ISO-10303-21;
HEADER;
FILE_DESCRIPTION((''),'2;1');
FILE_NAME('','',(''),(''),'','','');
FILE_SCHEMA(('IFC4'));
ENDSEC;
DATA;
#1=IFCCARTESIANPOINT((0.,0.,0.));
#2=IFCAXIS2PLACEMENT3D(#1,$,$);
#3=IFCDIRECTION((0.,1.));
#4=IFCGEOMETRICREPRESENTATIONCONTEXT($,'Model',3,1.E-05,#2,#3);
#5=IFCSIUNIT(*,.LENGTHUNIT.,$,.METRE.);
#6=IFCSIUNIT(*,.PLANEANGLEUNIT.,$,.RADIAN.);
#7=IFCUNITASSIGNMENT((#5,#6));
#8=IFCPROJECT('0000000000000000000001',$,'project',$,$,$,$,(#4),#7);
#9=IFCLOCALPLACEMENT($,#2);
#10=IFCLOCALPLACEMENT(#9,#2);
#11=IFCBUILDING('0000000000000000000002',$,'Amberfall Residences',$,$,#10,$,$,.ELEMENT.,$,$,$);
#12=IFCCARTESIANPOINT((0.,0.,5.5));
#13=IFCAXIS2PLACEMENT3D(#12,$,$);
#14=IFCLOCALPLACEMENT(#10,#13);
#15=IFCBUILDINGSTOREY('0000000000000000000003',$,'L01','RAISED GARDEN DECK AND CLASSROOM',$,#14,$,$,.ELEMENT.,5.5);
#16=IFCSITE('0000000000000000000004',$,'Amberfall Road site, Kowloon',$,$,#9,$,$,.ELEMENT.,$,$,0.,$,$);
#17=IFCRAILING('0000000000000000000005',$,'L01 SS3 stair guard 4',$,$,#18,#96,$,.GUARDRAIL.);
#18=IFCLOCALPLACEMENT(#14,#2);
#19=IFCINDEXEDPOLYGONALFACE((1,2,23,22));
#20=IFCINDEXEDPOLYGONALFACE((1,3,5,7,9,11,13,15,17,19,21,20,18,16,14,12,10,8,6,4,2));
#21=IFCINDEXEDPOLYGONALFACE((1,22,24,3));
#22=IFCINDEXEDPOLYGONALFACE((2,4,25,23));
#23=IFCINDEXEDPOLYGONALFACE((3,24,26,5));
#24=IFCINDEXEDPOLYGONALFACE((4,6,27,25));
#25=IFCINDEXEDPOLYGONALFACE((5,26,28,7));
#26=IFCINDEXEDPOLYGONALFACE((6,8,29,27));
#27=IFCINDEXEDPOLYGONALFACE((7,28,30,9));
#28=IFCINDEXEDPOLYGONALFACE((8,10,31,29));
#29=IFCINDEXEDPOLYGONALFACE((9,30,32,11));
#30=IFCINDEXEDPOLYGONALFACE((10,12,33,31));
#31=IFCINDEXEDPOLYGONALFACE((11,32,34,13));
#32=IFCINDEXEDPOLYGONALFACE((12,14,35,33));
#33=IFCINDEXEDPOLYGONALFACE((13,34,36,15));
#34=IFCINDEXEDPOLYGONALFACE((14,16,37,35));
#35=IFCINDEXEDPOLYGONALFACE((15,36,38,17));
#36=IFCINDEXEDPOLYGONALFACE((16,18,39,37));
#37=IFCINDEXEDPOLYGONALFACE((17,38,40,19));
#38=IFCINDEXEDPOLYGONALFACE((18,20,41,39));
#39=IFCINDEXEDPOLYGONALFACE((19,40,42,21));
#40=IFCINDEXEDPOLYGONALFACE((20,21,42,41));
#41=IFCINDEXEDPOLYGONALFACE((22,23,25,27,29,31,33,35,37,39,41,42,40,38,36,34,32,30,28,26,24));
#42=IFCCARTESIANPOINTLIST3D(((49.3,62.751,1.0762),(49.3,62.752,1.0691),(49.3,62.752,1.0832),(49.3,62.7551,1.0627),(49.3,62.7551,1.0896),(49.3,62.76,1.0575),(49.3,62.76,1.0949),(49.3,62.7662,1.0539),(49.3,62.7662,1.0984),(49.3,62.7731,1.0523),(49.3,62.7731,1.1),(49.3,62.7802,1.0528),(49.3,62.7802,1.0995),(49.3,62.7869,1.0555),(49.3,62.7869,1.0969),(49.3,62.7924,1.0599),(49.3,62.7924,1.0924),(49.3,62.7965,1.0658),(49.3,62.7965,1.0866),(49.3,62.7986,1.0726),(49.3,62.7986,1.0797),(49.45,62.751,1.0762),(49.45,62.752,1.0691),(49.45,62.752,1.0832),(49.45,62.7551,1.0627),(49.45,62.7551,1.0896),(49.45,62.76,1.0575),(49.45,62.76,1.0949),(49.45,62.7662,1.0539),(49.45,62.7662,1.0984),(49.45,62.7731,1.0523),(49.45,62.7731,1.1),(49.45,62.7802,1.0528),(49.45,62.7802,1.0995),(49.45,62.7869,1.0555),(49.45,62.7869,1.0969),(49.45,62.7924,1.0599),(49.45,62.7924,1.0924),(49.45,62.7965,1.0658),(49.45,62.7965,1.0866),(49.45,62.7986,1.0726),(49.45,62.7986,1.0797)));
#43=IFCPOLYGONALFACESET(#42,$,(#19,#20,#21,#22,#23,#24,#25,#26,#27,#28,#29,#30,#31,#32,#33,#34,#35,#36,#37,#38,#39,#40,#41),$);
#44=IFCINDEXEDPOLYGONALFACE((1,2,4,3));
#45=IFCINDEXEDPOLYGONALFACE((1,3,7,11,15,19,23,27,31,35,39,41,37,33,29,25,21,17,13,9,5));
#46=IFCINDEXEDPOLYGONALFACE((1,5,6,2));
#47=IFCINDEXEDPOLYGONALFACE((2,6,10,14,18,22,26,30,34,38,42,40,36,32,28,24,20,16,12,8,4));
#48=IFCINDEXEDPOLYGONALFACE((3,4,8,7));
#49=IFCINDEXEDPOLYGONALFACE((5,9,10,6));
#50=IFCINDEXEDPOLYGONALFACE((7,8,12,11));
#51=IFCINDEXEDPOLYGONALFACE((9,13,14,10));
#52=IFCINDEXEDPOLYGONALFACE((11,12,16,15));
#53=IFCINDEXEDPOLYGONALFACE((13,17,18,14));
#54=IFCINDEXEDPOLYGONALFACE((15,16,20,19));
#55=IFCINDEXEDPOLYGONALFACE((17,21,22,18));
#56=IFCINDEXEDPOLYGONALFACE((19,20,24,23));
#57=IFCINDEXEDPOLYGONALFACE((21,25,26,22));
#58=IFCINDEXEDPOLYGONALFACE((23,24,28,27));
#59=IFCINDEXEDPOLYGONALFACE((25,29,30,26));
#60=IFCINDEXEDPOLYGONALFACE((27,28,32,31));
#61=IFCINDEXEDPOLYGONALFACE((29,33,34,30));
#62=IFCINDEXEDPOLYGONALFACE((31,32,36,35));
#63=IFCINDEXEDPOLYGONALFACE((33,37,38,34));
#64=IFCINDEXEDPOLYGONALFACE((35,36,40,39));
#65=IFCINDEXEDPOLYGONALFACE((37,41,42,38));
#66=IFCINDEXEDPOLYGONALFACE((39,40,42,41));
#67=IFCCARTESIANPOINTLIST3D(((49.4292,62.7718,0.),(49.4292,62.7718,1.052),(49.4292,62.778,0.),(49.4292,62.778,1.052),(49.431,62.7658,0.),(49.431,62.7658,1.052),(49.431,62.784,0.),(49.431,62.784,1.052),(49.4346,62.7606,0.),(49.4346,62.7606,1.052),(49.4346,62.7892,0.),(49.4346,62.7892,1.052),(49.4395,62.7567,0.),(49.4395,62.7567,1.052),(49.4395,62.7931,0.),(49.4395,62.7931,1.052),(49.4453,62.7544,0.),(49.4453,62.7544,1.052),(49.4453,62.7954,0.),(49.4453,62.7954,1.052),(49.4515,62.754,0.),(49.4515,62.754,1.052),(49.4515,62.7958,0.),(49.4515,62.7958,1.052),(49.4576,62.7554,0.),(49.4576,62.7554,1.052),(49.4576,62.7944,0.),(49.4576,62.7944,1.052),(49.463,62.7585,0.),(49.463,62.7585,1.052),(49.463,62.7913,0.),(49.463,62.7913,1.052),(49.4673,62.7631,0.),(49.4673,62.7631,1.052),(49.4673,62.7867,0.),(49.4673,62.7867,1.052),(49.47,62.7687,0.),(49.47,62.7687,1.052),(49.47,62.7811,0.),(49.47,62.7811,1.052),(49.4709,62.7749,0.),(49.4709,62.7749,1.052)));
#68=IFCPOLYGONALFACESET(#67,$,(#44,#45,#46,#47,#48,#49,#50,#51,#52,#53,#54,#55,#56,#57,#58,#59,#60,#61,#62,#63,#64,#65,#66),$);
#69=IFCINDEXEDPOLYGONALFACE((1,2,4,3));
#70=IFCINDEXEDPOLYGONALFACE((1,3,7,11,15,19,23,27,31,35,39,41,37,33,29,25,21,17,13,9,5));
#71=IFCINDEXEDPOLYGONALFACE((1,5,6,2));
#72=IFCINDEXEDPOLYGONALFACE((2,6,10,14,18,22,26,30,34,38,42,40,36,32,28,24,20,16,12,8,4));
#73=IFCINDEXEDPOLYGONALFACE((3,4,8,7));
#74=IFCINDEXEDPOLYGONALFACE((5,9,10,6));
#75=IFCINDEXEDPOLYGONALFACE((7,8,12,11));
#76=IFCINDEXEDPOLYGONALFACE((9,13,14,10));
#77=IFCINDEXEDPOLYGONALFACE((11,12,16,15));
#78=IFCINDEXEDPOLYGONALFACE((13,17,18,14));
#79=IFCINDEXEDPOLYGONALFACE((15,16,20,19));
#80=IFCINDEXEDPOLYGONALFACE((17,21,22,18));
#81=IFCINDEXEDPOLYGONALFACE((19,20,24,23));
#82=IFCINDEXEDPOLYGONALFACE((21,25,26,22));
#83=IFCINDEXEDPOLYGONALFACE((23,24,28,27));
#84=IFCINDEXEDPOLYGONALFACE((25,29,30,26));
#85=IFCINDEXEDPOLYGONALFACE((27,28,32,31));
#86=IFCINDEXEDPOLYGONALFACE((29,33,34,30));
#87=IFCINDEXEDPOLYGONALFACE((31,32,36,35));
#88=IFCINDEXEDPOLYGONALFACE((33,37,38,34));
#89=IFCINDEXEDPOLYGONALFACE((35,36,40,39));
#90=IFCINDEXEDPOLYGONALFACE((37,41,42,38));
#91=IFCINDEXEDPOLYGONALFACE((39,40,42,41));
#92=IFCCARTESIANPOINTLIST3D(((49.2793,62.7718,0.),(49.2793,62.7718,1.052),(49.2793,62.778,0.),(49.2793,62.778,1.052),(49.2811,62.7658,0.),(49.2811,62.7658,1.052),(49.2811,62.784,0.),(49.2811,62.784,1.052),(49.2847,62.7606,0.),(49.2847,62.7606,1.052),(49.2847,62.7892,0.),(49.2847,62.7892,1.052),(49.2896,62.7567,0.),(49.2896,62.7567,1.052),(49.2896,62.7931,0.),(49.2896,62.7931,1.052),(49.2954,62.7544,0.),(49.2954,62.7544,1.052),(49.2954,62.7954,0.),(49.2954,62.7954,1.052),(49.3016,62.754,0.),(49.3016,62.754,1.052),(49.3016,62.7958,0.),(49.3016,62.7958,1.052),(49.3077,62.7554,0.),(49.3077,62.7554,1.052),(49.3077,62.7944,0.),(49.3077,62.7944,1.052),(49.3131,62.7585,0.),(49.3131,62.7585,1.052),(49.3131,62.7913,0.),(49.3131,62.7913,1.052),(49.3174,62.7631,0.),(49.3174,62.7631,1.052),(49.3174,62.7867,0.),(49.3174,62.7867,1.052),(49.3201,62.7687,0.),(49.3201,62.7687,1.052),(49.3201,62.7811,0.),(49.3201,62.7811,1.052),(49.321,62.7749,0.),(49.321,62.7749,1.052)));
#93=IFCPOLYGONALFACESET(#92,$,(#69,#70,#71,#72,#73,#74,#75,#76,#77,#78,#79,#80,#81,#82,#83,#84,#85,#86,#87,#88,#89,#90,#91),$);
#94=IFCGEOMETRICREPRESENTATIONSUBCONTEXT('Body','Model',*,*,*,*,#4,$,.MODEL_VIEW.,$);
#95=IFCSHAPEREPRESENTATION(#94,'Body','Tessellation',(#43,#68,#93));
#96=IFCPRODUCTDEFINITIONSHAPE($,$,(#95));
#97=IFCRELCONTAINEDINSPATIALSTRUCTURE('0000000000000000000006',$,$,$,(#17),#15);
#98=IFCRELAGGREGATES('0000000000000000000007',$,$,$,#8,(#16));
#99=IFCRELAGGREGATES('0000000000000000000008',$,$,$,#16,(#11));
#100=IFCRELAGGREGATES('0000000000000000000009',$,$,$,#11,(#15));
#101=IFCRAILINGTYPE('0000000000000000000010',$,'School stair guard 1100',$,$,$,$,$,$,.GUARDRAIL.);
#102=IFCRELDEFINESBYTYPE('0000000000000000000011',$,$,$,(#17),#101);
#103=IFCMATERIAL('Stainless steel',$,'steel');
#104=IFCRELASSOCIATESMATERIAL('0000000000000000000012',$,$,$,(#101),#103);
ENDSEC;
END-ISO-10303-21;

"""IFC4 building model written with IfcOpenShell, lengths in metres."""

from ifc_helpers import new_model, si_unit, direction, frame, origin, origin_2d, place, context, subcontext, project, spatial, circle, extrude, material, type_object, element, save


model = new_model("IFC4")

# Units and contexts
model_context = context("Model", 3, precision=1e-05, world=origin(), true_north=direction((0.0, 1.0)))
body_context = subcontext(model_context, "Body", "Model", "MODEL_VIEW")
ifc_project = project(units=[si_unit("LENGTHUNIT", "METRE"), si_unit("PLANEANGLEUNIT", "RADIAN")], contexts=[model_context])

# Site, building, storey
site_placement = place(None, origin())
site = spatial("IfcSite", under=ifc_project, at=site_placement, Name="Amberfall Road site, Kowloon", CompositionType="ELEMENT", RefElevation=0.0)
building_placement = place(site_placement, origin())
building = spatial("IfcBuilding", under=site, at=building_placement, Name="Amberfall Residences", CompositionType="ELEMENT")
storey_placement = place(building_placement, frame((0.0, 0.0, 5.5)))
storey = spatial("IfcBuildingStorey", under=building, at=storey_placement, Name="L01", Description="RAISED GARDEN DECK AND CLASSROOM", CompositionType="ELEMENT", Elevation=5.5)

# Railing
ifc_material_1 = material(Name="Stainless steel", Category="steel")
railing_type_1 = type_object("IfcRailingType", Name="School stair guard 1100", PredefinedType="GUARDRAIL", material=ifc_material_1)
railing_1_placement = place(storey_placement, frame((49.45, 62.7749, 0.0)))
element("IfcRailing", 1, at=railing_1_placement, inside=storey, type_object=railing_type_1, Name="L01 SS3 stair guard 4", PredefinedType="GUARDRAIL", context=body_context, shape_type="SweptSolid", body=[
    extrude(circle(Radius=0.0239, at=origin_2d()), frame((0.0, 0.0, 1.0762), z_axis=(-1.0, 0.0, 0.0), x_axis=(0.0, -1.0, 0.0)), (0.0, 0.0, 1.0), 0.1499),
    extrude(circle(Radius=0.021, at=origin_2d()), origin(), (0.0, 0.0, 1.0), 1.052),
    extrude(circle(Radius=0.021, at=origin_2d()), frame((-0.1499, 0.0, 0.0)), (0.0, 0.0, 1.0), 1.052),
])

save(model, "model.ifc")
